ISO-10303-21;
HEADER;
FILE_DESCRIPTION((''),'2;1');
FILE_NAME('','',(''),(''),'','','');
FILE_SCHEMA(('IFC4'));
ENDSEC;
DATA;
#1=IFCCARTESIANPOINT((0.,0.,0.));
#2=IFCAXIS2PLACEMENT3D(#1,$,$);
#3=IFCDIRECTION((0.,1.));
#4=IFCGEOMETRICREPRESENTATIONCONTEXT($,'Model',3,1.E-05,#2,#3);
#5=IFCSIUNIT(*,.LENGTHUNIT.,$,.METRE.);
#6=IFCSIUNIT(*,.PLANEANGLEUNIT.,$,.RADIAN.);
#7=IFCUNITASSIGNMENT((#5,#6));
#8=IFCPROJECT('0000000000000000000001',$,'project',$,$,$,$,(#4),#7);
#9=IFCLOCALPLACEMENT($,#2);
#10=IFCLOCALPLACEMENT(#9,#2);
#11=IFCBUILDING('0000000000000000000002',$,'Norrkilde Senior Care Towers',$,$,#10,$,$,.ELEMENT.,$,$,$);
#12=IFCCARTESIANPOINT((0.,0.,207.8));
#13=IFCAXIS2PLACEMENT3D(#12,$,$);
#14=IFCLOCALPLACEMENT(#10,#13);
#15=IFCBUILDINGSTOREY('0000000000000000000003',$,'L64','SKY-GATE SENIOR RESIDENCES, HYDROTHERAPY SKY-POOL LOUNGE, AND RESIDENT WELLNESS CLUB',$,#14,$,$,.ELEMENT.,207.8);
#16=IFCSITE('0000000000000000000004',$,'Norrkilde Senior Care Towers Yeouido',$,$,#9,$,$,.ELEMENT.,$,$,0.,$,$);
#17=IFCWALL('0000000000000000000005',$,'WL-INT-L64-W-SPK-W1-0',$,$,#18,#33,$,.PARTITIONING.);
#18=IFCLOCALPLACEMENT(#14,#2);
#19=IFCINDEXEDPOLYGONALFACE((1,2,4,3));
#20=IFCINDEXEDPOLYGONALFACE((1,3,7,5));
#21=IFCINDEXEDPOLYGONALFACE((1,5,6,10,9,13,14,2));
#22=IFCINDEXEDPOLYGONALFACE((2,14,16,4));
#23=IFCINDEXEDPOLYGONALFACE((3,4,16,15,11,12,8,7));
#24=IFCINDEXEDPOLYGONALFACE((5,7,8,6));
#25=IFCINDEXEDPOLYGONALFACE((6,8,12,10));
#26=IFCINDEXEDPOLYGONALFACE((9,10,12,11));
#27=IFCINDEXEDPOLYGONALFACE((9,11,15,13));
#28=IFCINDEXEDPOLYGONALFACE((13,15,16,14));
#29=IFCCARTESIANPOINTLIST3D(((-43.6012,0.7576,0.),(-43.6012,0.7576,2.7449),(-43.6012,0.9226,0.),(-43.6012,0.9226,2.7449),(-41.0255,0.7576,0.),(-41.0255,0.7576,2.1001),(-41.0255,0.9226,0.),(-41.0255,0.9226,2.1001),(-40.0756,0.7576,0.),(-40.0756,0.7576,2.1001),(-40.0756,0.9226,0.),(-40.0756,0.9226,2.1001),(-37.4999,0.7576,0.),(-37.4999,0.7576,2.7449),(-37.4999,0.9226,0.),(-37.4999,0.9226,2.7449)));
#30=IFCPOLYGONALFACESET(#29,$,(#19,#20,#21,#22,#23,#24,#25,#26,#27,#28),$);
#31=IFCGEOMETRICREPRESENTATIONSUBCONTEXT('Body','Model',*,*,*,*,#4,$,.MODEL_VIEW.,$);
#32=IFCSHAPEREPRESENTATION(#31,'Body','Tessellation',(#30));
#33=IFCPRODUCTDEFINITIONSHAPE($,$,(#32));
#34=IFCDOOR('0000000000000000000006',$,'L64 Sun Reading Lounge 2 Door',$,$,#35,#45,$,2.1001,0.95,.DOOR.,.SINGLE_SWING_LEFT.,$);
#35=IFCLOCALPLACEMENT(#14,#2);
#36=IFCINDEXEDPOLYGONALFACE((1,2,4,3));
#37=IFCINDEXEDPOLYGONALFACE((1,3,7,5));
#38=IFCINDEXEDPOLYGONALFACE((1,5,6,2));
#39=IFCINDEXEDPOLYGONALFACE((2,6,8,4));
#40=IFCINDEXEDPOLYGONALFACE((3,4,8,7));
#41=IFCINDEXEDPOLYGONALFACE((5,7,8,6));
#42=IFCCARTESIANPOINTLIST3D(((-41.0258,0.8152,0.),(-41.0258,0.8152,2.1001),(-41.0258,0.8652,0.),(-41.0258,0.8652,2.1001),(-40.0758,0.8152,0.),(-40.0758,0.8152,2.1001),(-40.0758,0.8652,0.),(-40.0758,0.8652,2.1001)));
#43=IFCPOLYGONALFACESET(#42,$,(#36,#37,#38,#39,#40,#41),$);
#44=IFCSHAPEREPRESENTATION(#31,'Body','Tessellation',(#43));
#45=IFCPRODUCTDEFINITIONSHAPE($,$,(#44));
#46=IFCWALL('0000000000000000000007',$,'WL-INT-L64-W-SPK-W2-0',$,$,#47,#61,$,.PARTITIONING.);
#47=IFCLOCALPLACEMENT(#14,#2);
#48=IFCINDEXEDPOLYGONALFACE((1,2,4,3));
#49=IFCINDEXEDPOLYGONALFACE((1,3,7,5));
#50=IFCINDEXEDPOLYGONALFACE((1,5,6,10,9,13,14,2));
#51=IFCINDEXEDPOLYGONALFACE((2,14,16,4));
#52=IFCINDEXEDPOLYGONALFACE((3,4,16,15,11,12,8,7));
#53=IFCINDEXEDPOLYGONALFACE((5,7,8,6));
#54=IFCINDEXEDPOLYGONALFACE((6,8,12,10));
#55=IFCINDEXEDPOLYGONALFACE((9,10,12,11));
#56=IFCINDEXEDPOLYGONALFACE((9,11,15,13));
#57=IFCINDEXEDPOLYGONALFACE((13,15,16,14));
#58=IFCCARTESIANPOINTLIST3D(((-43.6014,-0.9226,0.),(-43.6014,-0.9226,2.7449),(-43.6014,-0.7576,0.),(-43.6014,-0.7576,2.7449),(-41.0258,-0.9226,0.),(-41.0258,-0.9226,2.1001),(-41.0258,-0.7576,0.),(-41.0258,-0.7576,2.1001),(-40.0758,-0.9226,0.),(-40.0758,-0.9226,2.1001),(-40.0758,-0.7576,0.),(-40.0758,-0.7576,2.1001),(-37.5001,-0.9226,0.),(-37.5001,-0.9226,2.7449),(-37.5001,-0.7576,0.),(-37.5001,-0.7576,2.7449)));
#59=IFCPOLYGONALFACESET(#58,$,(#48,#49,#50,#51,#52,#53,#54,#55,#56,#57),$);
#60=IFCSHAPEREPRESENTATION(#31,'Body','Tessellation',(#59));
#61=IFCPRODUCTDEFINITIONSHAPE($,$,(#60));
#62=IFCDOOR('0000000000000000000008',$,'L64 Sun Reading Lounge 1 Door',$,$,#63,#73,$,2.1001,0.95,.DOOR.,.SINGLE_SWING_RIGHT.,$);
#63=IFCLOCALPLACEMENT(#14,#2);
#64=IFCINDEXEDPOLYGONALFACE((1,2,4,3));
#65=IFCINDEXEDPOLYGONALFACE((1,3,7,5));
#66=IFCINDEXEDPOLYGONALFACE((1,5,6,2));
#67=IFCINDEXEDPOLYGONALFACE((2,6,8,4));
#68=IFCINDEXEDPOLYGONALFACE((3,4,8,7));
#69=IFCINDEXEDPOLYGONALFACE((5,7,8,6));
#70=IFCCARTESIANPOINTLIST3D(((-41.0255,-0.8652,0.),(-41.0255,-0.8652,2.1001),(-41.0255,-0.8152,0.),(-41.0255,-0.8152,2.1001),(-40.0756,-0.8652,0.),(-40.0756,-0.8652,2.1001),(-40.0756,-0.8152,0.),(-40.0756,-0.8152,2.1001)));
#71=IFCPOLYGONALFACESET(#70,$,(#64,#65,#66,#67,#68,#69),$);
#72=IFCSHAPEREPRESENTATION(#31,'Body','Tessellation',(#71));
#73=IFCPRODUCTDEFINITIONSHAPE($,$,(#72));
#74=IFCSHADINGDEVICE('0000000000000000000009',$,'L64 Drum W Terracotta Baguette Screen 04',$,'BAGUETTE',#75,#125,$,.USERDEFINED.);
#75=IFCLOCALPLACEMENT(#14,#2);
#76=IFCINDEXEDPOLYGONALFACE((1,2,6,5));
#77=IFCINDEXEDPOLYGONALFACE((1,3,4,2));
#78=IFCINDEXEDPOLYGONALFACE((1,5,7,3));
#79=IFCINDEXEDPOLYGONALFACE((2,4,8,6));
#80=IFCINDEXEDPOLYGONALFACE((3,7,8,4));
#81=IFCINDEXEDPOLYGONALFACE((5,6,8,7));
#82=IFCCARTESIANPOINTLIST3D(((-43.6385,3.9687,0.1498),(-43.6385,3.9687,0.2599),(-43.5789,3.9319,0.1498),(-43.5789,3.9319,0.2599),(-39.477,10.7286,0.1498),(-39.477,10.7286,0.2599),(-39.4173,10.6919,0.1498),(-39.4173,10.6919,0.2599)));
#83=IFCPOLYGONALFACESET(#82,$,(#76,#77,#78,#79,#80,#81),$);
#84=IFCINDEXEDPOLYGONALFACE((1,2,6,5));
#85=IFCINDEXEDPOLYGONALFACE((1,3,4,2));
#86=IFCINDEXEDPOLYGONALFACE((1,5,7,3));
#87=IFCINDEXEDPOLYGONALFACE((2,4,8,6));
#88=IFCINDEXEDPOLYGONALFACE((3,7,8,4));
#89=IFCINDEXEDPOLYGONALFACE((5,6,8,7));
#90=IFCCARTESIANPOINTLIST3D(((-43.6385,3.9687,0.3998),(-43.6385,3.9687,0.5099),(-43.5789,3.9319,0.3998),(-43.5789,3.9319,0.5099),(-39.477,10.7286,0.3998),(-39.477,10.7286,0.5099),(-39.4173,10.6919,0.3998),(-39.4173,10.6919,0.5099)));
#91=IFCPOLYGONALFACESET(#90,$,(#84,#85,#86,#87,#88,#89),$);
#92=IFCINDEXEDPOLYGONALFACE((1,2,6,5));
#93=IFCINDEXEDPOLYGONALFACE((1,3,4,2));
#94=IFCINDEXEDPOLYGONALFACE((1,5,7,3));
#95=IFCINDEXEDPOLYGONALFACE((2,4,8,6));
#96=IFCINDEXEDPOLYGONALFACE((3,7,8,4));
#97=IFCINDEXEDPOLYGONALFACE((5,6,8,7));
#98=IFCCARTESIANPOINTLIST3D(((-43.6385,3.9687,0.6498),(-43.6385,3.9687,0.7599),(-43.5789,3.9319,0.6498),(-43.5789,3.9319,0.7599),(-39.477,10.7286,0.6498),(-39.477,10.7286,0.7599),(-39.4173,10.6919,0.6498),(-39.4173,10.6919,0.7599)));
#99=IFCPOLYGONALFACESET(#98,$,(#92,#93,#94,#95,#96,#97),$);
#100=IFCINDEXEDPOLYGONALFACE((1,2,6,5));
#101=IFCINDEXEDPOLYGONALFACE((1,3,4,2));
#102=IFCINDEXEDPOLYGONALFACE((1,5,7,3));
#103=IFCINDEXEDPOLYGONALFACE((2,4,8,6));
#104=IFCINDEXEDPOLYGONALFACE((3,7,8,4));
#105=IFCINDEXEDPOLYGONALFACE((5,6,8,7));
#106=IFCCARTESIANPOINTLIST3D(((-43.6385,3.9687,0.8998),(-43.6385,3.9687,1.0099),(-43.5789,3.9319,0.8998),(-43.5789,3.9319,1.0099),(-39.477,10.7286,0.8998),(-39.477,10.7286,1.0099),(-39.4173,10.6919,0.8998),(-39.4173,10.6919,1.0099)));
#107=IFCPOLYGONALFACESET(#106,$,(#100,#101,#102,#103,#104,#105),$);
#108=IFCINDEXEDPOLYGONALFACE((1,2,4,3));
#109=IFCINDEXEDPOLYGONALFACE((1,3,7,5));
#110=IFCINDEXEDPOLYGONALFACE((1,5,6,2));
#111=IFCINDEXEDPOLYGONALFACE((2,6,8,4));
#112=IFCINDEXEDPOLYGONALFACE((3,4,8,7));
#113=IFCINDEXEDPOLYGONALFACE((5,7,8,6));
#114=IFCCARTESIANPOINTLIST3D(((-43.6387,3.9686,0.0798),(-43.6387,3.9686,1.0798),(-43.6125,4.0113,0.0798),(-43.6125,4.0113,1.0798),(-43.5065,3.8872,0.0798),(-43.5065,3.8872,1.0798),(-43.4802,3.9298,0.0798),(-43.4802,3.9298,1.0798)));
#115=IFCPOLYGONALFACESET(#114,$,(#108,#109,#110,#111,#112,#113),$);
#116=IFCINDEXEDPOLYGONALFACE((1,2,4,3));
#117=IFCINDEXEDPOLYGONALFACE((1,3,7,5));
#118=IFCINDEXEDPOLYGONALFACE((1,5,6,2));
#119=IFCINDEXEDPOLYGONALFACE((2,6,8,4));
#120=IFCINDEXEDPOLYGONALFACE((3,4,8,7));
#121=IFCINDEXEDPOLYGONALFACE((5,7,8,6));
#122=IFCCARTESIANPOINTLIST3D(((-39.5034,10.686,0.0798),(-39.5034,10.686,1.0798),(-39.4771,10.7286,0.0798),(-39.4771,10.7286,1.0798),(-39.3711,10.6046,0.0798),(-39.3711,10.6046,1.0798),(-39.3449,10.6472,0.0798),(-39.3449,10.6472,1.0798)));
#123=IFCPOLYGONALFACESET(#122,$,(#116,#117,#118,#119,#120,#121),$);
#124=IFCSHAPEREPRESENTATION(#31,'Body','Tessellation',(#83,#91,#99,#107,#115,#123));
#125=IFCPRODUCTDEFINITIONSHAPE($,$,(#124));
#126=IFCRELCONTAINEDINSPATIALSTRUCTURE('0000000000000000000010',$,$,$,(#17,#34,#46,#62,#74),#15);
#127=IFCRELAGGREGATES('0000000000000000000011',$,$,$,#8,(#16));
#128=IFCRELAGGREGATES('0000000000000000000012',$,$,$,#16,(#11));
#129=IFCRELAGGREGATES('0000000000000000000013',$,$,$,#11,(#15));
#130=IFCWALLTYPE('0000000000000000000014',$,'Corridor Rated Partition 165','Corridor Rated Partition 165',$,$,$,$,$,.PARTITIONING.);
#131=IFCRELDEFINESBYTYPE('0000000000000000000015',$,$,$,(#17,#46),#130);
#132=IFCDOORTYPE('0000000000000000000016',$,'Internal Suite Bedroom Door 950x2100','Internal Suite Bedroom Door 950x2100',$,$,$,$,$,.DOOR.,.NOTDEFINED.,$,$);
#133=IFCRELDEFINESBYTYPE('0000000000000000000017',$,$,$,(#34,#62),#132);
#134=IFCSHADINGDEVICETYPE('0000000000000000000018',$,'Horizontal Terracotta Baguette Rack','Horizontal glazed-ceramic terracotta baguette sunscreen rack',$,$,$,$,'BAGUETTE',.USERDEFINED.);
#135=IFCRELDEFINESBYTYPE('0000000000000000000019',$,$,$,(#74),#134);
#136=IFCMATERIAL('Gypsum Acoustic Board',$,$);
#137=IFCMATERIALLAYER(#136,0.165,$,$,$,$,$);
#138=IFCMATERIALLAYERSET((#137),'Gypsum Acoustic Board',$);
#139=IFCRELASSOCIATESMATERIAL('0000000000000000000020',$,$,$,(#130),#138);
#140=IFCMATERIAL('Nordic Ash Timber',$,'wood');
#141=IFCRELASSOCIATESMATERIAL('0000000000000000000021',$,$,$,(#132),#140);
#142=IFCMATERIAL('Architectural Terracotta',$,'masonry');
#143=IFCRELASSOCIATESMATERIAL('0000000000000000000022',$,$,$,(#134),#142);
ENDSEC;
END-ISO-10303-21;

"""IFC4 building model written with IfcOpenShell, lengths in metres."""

from ifc_helpers import new_model, si_unit, direction, frame, frame_2d, origin, origin_2d, place, context, subcontext, project, spatial, rectangle, extrude, source, transform, mapped, material, layer, layer_set, type_object, type_shapes, element, fill, save


model = new_model("IFC4")

# Units and contexts
model_context = context("Model", 3, precision=1e-05, world=origin(), true_north=direction((0.0, 1.0)))
body_context = subcontext(model_context, "Body", "Model", "MODEL_VIEW")
ifc_project = project(units=[si_unit("LENGTHUNIT", "METRE"), si_unit("PLANEANGLEUNIT", "RADIAN")], contexts=[model_context])

# Site, building, storey
site_placement = place(None, origin())
site = spatial("IfcSite", under=ifc_project, at=site_placement, Name="Norrkilde Senior Care Towers Yeouido", CompositionType="ELEMENT", RefElevation=0.0)
building_placement = place(site_placement, origin())
building = spatial("IfcBuilding", under=site, at=building_placement, Name="Norrkilde Senior Care Towers", CompositionType="ELEMENT")
storey_placement = place(building_placement, frame((0.0, 0.0, 207.8)))
storey = spatial("IfcBuildingStorey", under=building, at=storey_placement, Name="L64", Description="SKY-GATE SENIOR RESIDENCES, HYDROTHERAPY SKY-POOL LOUNGE, AND RESIDENT WELLNESS CLUB", CompositionType="ELEMENT", Elevation=207.8)

# Shared definitions
ifc_material_1 = material(Name="Gypsum Acoustic Board")
ifc_layer_1 = layer(ifc_material_1, 0.165)
ifc_layer_set_1 = layer_set([ifc_layer_1], Name="Gypsum Acoustic Board")
wall_type_1 = type_object("IfcWallType", Name="Corridor Rated Partition 165", Description="Corridor Rated Partition 165", PredefinedType="PARTITIONING", material=ifc_layer_set_1)
ifc_material_2 = material(Name="Nordic Ash Timber", Category="wood")

# Walls, openings, doors
shared_shape_1 = source(origin(), body_context, "Body", "SweptSolid", [
    extrude(rectangle(XDim=6.1013, YDim=0.165, at=frame_2d((3.0508, 0.0))), origin(), (0.0, 0.0, 1.0), 2.7449),
])
wall_1_placement = place(storey_placement, frame((-43.6013, 0.8401, 0.0), z_axis=(0.0, 0.0, 1.0), x_axis=(1.0, 0.0, 0.0)))
wall_1 = element("IfcWall", 1, at=wall_1_placement, inside=storey, type_object=wall_type_1, Name="WL-INT-L64-W-SPK-W1-0", PredefinedType="PARTITIONING", context=body_context, shape_type="MappedRepresentation", body=[
    mapped(shared_shape_1, transform((0.0, 0.0, 0.0), x_axis=(1.0, 0.0, 0.0), y_axis=(0.0, 1.0, 0.0), z_axis=(0.0, 0.0, 1.0), scale=1.0)),
])
opening_1_placement = place(wall_1_placement, frame((2.5757, 0.0, 0.0)))
opening_1 = element("IfcOpeningElement", 2, at=opening_1_placement, cuts=wall_1, PredefinedType="OPENING", context=body_context, shape_type="SweptSolid", body=[
    extrude(rectangle(XDim=0.95, YDim=2.1001, at=frame_2d((0.4751, 1.05))), frame((0.0, 0.0925, 0.0), z_axis=(0.0, -1.0, 0.0), x_axis=(1.0, 0.0, 0.0)), (0.0, 0.0, 1.0), 0.1851),
])
door_type_1 = type_object("IfcDoorType", Name="Internal Suite Bedroom Door 950x2100", Description="Internal Suite Bedroom Door 950x2100", OperationType="NOTDEFINED", PredefinedType="DOOR", material=ifc_material_2)
shared_shape_2 = source(origin(), body_context, "Body", "SweptSolid", [
    extrude(rectangle(XDim=0.95, YDim=2.1001, at=frame_2d((0.4751, 1.05))), frame((0.0, 0.0249, 0.0), z_axis=(0.0, -1.0, 0.0), x_axis=(1.0, 0.0, 0.0)), (0.0, 0.0, 1.0), 0.05),
])
type_shapes(door_type_1, [shared_shape_2])
door_1_placement = place(opening_1_placement, frame((0.95, 0.0, 0.0), z_axis=(0.0, 0.0, 1.0), x_axis=(-1.0, 0.0, 0.0)))
door_1 = element("IfcDoor", 3, at=door_1_placement, inside=storey, type_object=door_type_1, Name="L64 Sun Reading Lounge 2 Door", OperationType="SINGLE_SWING_LEFT", OverallHeight=2.1001, OverallWidth=0.95, PredefinedType="DOOR", context=body_context, shape_type="MappedRepresentation", body=[
    mapped(shared_shape_2, transform((0.0, 0.0, 0.0), x_axis=(1.0, 0.0, 0.0), y_axis=(0.0, 1.0, 0.0), z_axis=(0.0, 0.0, 1.0), scale=1.0)),
])
fill(opening_1, door_1)
wall_2_placement = place(storey_placement, frame((-37.5, -0.8401, 0.0), z_axis=(0.0, 0.0, 1.0), x_axis=(-1.0, 0.0, 0.0)))
wall_2 = element("IfcWall", 4, at=wall_2_placement, inside=storey, type_object=wall_type_1, Name="WL-INT-L64-W-SPK-W2-0", PredefinedType="PARTITIONING", context=body_context, shape_type="MappedRepresentation", body=[
    mapped(shared_shape_1, transform((0.0, 0.0, 0.0), x_axis=(1.0, 0.0, 0.0), y_axis=(0.0, 1.0, 0.0), z_axis=(0.0, 0.0, 1.0), scale=1.0)),
])
opening_2_placement = place(wall_2_placement, frame((2.5757, 0.0, 0.0)))
opening_2 = element("IfcOpeningElement", 5, at=opening_2_placement, cuts=wall_2, PredefinedType="OPENING", context=body_context, shape_type="SweptSolid", body=[
    extrude(rectangle(XDim=0.95, YDim=2.1001, at=frame_2d((0.4751, 1.05))), frame((0.0, 0.0925, 0.0), z_axis=(0.0, -1.0, 0.0), x_axis=(1.0, 0.0, 0.0)), (0.0, 0.0, 1.0), 0.1851),
])
door_2_placement = place(opening_2_placement, frame((0.95, 0.0, 0.0), z_axis=(0.0, 0.0, 1.0), x_axis=(-1.0, 0.0, 0.0)))
door_2 = element("IfcDoor", 6, at=door_2_placement, inside=storey, type_object=door_type_1, Name="L64 Sun Reading Lounge 1 Door", OperationType="SINGLE_SWING_RIGHT", OverallHeight=2.1001, OverallWidth=0.95, PredefinedType="DOOR", context=body_context, shape_type="MappedRepresentation", body=[
    mapped(shared_shape_2, transform((0.0, 0.0, 0.0), x_axis=(1.0, 0.0, 0.0), y_axis=(0.0, 1.0, 0.0), z_axis=(0.0, 0.0, 1.0), scale=1.0)),
])
fill(opening_2, door_2)

# Shading device
ifc_material_3 = material(Name="Architectural Terracotta", Category="masonry")
shading_device_type = type_object("IfcShadingDeviceType", Name="Horizontal Terracotta Baguette Rack", Description="Horizontal glazed-ceramic terracotta baguette sunscreen rack", ElementType="BAGUETTE", PredefinedType="USERDEFINED", material=ifc_material_3)
shared_shape_3 = source(origin(), body_context, "Body", "SweptSolid", [
    extrude(rectangle(XDim=0.0701, YDim=0.1101, at=origin_2d()), frame((0.0, 0.0901, 0.125), z_axis=(1.0, 0.0, 0.0), x_axis=(0.0, 1.0, 0.0)), (0.0, 0.0, 1.0), 7.9382),
    extrude(rectangle(XDim=0.0701, YDim=0.1101, at=origin_2d()), frame((0.0, 0.0901, 0.375), z_axis=(1.0, 0.0, 0.0), x_axis=(0.0, 1.0, 0.0)), (0.0, 0.0, 1.0), 7.9382),
    extrude(rectangle(XDim=0.0701, YDim=0.1101, at=origin_2d()), frame((0.0, 0.0901, 0.625), z_axis=(1.0, 0.0, 0.0), x_axis=(0.0, 1.0, 0.0)), (0.0, 0.0, 1.0), 7.9382),
    extrude(rectangle(XDim=0.0701, YDim=0.1101, at=origin_2d()), frame((0.0, 0.0901, 0.875), z_axis=(1.0, 0.0, 0.0), x_axis=(0.0, 1.0, 0.0)), (0.0, 0.0, 1.0), 7.9382),
    extrude(rectangle(XDim=0.05, YDim=0.1553, at=origin_2d()), frame((0.0249, 0.0476, 0.0)), (0.0, 0.0, 1.0), 1.0),
    extrude(rectangle(XDim=0.05, YDim=0.1553, at=origin_2d()), frame((7.9131, 0.0476, 0.0)), (0.0, 0.0, 1.0), 1.0),
])
type_shapes(shading_device_type, [shared_shape_3])
shading_device_placement = place(storey_placement, frame((-43.532, 3.9031, 0.0798), z_axis=(0.0, 0.0, 1.0), x_axis=(0.52425, 0.851576, 0.0)))
element("IfcShadingDevice", 7, at=shading_device_placement, inside=storey, type_object=shading_device_type, Name="L64 Drum W Terracotta Baguette Screen 04", ObjectType="BAGUETTE", PredefinedType="USERDEFINED", context=body_context, shape_type="MappedRepresentation", body=[
    mapped(shared_shape_3, transform((0.0, 0.0, 0.0), x_axis=(1.0, 0.0, 0.0), y_axis=(0.0, 1.0, 0.0), z_axis=(0.0, 0.0, 1.0), scale=1.0)),
])

save(model, "model.ifc")
